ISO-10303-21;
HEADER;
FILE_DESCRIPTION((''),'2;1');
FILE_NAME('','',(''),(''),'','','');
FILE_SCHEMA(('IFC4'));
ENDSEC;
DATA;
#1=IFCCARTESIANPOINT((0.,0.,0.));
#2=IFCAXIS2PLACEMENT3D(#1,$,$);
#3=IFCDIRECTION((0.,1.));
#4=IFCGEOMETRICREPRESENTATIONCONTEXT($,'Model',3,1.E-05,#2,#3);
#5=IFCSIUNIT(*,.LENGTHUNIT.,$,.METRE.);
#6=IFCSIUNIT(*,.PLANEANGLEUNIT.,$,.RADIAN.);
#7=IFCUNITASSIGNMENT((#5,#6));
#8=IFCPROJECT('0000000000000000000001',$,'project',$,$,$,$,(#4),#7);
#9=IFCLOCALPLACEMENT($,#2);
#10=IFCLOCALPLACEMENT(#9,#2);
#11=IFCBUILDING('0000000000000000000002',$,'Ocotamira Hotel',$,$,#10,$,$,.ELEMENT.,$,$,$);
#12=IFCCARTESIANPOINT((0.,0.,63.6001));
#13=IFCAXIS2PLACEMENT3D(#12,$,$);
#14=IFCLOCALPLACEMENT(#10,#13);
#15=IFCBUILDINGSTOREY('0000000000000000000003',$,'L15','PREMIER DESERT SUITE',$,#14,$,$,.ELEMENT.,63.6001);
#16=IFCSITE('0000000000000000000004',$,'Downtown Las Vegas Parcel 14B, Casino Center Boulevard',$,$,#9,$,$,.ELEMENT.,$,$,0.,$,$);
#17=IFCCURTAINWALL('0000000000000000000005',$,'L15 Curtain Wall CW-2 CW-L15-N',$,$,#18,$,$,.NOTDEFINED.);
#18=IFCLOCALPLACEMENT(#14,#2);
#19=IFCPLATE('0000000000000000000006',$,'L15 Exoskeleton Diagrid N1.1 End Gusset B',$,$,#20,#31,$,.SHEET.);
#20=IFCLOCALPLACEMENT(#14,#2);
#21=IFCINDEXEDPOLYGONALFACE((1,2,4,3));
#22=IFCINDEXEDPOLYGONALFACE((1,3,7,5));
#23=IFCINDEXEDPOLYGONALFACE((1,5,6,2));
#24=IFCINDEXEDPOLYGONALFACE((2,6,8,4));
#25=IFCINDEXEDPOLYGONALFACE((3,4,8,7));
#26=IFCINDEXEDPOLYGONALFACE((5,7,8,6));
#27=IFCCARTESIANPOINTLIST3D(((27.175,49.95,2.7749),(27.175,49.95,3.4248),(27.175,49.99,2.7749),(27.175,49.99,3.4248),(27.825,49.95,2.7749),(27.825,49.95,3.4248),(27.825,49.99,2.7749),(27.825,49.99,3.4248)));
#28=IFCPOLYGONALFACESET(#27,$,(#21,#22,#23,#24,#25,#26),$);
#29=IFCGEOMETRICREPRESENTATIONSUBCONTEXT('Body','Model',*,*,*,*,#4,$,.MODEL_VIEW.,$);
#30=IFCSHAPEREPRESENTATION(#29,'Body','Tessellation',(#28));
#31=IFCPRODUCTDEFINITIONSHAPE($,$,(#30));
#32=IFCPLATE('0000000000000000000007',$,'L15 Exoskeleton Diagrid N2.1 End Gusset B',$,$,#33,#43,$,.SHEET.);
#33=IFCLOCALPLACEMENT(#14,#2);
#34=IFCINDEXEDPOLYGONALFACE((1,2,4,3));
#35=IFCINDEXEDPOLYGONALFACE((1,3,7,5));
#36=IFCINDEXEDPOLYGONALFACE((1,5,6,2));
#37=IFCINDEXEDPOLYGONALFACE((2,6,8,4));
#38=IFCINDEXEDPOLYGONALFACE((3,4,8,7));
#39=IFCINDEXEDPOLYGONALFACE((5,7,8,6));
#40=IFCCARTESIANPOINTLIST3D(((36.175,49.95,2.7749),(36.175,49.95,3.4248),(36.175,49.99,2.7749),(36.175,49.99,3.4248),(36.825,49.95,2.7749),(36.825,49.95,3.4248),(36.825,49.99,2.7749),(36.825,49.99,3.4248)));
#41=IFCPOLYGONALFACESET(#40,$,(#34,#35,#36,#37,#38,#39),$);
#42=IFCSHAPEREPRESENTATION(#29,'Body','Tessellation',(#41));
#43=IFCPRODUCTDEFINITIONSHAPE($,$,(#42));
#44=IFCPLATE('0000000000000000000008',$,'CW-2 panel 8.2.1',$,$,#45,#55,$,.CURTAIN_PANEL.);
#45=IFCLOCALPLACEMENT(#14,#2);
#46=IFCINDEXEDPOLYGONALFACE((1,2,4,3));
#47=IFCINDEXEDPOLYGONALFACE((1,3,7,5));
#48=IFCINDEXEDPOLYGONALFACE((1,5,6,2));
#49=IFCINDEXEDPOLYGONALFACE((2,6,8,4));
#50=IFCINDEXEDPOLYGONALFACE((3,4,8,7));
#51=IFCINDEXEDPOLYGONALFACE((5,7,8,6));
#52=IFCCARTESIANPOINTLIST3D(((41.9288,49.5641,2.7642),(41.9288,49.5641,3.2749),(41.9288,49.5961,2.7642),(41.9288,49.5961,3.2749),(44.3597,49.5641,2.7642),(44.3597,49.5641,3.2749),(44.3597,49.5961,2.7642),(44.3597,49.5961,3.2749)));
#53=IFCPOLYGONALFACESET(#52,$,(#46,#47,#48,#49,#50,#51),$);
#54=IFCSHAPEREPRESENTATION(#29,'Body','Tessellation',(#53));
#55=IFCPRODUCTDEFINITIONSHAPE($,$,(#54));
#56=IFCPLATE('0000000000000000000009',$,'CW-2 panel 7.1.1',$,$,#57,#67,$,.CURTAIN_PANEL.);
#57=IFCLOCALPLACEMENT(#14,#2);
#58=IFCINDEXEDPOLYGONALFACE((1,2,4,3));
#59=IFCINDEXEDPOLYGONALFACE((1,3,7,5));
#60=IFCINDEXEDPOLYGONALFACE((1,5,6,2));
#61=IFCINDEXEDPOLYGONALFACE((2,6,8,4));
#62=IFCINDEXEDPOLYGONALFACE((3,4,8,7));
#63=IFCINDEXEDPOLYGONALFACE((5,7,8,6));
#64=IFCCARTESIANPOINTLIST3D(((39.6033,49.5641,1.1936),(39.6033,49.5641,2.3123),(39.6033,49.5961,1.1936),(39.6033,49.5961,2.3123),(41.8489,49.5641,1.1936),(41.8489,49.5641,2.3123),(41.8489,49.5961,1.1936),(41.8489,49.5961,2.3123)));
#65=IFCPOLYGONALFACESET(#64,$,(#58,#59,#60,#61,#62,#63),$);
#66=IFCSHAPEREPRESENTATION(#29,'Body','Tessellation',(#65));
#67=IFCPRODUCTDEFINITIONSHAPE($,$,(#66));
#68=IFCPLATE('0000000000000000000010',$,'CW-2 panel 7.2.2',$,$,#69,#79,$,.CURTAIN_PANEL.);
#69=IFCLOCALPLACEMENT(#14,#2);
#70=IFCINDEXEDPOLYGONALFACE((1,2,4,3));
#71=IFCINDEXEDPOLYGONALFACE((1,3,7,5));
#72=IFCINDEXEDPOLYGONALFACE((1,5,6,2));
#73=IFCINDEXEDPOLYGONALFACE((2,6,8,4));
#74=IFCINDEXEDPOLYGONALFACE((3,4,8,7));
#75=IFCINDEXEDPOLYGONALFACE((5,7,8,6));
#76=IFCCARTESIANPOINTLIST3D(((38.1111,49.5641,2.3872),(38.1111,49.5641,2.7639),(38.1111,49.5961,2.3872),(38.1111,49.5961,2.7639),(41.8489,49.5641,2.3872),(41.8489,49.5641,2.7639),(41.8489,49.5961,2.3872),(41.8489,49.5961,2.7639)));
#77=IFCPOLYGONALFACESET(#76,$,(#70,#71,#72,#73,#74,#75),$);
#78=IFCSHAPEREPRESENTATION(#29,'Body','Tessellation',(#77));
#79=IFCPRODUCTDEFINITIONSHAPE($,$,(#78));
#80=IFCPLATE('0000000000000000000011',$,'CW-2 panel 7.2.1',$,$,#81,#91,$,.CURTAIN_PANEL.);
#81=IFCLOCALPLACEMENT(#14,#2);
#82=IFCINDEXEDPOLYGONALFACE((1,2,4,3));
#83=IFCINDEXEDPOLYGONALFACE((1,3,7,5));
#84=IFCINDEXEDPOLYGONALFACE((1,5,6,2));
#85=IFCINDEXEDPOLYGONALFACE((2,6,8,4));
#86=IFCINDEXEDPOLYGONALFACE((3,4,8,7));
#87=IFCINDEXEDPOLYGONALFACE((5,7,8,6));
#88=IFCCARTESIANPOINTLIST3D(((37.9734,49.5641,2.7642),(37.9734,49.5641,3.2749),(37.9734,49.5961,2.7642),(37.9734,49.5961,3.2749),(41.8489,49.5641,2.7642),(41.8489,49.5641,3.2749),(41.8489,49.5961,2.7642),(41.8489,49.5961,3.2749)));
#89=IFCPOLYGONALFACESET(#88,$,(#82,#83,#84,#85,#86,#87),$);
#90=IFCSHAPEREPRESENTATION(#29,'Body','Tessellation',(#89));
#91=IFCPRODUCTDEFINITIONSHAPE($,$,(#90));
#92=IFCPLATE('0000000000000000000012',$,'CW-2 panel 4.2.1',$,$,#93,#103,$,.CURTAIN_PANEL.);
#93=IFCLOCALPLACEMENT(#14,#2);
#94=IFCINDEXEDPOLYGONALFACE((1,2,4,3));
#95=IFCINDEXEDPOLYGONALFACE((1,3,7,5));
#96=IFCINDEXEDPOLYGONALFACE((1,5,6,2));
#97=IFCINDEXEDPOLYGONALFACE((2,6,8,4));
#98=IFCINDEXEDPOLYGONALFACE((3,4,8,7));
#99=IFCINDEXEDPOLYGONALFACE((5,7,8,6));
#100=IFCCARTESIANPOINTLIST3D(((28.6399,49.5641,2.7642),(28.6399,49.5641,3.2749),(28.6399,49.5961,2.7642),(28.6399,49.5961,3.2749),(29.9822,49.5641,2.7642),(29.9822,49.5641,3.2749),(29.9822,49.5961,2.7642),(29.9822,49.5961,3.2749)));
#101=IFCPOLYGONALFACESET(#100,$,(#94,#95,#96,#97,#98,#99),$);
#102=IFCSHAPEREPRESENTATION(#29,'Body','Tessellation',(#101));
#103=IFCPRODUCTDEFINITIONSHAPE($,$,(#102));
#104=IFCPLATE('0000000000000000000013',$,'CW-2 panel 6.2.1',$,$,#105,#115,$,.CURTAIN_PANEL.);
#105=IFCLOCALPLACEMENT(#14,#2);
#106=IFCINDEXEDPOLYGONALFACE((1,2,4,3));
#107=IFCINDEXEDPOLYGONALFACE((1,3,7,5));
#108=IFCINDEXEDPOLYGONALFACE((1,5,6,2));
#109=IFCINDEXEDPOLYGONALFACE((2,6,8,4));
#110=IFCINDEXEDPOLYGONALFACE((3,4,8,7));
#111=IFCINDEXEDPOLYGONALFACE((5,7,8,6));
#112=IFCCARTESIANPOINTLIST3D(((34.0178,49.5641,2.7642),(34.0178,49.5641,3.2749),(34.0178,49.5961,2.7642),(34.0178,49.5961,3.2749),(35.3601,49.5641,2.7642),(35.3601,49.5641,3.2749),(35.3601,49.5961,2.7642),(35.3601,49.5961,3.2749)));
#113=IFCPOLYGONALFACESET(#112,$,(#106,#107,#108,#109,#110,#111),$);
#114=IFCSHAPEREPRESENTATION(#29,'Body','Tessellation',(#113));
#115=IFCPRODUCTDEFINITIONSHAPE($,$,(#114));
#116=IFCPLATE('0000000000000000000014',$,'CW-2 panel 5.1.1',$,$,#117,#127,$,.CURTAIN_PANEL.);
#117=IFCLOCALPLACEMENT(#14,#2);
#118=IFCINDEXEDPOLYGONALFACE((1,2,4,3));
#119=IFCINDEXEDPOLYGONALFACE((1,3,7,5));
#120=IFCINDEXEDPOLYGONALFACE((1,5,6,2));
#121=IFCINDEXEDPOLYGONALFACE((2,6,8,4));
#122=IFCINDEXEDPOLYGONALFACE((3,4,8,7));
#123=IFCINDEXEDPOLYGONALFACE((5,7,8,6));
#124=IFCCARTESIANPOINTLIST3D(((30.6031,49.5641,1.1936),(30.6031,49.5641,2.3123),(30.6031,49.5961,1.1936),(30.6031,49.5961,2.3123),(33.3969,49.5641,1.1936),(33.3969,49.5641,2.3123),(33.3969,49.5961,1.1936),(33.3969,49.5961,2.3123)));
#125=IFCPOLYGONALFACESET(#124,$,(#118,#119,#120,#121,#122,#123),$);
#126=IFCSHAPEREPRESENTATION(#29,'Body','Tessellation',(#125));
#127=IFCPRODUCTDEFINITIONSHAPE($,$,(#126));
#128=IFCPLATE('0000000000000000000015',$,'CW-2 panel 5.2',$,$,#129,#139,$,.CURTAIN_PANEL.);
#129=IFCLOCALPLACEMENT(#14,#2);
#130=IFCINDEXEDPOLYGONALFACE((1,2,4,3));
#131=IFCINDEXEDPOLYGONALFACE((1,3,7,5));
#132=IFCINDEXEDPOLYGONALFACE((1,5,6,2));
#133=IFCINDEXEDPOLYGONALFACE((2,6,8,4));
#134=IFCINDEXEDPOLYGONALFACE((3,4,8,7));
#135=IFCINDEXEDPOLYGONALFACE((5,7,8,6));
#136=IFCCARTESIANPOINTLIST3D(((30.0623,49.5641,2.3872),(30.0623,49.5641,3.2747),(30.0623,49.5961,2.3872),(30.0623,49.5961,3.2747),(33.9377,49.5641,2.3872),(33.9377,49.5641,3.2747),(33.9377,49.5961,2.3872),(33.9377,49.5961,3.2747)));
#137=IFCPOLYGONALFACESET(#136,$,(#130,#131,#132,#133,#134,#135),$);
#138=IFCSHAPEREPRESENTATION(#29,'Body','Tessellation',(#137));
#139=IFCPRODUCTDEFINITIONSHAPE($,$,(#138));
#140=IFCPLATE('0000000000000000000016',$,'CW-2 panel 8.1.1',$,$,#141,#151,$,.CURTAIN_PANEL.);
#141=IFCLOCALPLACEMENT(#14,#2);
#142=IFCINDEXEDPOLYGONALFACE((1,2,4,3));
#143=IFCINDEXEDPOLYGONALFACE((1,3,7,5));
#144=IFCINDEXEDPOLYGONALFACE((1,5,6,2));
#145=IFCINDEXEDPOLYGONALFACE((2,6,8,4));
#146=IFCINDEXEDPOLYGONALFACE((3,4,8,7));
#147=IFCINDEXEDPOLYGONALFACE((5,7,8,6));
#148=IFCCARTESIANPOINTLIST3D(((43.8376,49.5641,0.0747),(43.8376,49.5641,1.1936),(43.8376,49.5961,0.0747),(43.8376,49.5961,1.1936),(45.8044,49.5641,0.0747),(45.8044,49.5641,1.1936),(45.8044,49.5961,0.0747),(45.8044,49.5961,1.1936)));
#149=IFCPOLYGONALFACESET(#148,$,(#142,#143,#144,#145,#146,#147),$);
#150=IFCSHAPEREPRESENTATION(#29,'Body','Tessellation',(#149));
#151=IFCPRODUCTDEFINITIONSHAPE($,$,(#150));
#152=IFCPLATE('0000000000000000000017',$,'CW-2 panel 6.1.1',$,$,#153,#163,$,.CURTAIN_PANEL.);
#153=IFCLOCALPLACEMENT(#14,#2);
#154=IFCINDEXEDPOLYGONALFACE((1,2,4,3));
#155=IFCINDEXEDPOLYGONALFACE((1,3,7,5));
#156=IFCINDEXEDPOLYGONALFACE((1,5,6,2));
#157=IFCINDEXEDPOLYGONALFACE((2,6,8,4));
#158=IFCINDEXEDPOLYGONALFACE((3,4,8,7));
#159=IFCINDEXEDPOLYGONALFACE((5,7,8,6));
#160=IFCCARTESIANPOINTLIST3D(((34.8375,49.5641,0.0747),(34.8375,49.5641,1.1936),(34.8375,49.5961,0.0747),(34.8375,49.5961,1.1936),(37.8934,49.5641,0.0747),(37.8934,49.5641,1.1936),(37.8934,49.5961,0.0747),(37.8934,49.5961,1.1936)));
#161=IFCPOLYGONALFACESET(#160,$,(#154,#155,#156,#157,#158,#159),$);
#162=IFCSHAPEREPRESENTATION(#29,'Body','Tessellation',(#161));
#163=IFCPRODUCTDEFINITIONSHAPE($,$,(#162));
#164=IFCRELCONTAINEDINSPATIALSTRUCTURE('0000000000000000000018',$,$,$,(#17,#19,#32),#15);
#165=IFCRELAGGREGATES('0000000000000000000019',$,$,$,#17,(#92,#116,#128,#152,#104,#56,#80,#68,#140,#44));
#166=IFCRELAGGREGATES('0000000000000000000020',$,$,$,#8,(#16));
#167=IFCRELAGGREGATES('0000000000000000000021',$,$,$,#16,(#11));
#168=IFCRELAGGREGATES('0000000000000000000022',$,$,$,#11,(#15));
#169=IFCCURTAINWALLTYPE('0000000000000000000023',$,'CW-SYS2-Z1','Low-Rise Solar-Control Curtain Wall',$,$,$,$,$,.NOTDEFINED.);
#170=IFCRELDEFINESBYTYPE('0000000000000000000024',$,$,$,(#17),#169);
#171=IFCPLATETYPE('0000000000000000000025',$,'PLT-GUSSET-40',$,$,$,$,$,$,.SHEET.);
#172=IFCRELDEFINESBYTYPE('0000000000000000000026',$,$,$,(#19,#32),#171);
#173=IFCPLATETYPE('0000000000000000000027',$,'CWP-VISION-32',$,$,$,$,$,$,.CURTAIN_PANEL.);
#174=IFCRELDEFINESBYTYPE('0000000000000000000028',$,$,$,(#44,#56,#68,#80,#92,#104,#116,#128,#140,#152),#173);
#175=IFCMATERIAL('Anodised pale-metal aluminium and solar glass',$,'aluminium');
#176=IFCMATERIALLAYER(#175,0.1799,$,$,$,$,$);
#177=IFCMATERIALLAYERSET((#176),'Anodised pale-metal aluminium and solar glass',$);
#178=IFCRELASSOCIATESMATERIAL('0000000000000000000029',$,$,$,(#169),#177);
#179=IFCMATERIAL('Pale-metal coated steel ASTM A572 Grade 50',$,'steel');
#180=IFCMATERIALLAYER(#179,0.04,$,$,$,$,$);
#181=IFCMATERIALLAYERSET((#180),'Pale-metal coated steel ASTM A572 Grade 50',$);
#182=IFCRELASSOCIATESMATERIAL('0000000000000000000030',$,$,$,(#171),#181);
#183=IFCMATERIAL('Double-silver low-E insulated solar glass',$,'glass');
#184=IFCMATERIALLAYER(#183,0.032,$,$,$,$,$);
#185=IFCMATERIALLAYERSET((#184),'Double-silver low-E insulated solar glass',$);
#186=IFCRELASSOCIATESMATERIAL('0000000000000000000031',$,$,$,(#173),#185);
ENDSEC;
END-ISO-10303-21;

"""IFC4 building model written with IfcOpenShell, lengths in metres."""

from ifc_helpers import new_model, si_unit, direction, frame, origin, origin_2d, place, context, subcontext, project, spatial, rectangle, extrude, source, transform, mapped, material, layer, layer_set, type_object, element, aggregate, save


model = new_model("IFC4")

# Units and contexts
model_context = context("Model", 3, precision=1e-05, world=origin(), true_north=direction((0.0, 1.0)))
body_context = subcontext(model_context, "Body", "Model", "MODEL_VIEW")
ifc_project = project(units=[si_unit("LENGTHUNIT", "METRE"), si_unit("PLANEANGLEUNIT", "RADIAN")], contexts=[model_context])

# Site, building, storey
site_placement = place(None, origin())
site = spatial("IfcSite", under=ifc_project, at=site_placement, Name="Downtown Las Vegas Parcel 14B, Casino Center Boulevard", CompositionType="ELEMENT", RefElevation=0.0)
building_placement = place(site_placement, origin())
building = spatial("IfcBuilding", under=site, at=building_placement, Name="Ocotamira Hotel", CompositionType="ELEMENT")
storey_placement = place(building_placement, frame((0.0, 0.0, 63.6001)))
storey = spatial("IfcBuildingStorey", under=building, at=storey_placement, Name="L15", Description="PREMIER DESERT SUITE", CompositionType="ELEMENT", Elevation=63.6001)

# Curtain wall
ifc_material_1 = material(Name="Anodised pale-metal aluminium and solar glass", Category="aluminium")
ifc_layer_1 = layer(ifc_material_1, 0.1799)
ifc_layer_set_1 = layer_set([ifc_layer_1], Name="Anodised pale-metal aluminium and solar glass")
curtain_wall_type = type_object("IfcCurtainWallType", Name="CW-SYS2-Z1", Description="Low-Rise Solar-Control Curtain Wall", PredefinedType="NOTDEFINED", material=ifc_layer_set_1)
curtain_wall_placement = place(storey_placement, origin())
curtain_wall = element("IfcCurtainWall", 1, at=curtain_wall_placement, inside=storey, type_object=curtain_wall_type, Name="L15 Curtain Wall CW-2 CW-L15-N", PredefinedType="NOTDEFINED")

# Plates
ifc_material_2 = material(Name="Pale-metal coated steel ASTM A572 Grade 50", Category="steel")
ifc_layer_2 = layer(ifc_material_2, 0.04)
ifc_layer_set_2 = layer_set([ifc_layer_2], Name="Pale-metal coated steel ASTM A572 Grade 50")
plate_type_1 = type_object("IfcPlateType", Name="PLT-GUSSET-40", PredefinedType="SHEET", material=ifc_layer_set_2)
shared_shape_1 = source(origin(), body_context, "Body", "SweptSolid", [
    extrude(rectangle(XDim=0.6499, YDim=0.04, at=origin_2d()), origin(), (0.0, 0.0, 1.0), 0.6499),
])
for number, where, z_axis, x_axis, name in (
    (2, (27.5, 49.97, 2.7749), (0.0, 0.0, 1.0), (1.0, 0.0, 0.0), "L15 Exoskeleton Diagrid N1.1 End Gusset B"),
    (3, (36.5, 49.97, 2.7749), (0.0, 0.0, 1.0), (1.0, 0.0, 0.0), "L15 Exoskeleton Diagrid N2.1 End Gusset B"),
):
    element("IfcPlate", number, at=place(storey_placement, frame(where, z_axis=z_axis, x_axis=x_axis)), inside=storey, type_object=plate_type_1, Name=name, PredefinedType="SHEET", context=body_context, shape_type="MappedRepresentation", body=[
        mapped(shared_shape_1, transform((0.0, 0.0, 0.0), scale=1.0)),
    ])

# Plates
ifc_material_3 = material(Name="Double-silver low-E insulated solar glass", Category="glass")
ifc_layer_3 = layer(ifc_material_3, 0.032)
ifc_layer_set_3 = layer_set([ifc_layer_3], Name="Double-silver low-E insulated solar glass")
plate_type_2 = type_object("IfcPlateType", Name="CWP-VISION-32", PredefinedType="CURTAIN_PANEL", material=ifc_layer_set_3)
shared_shape_2 = source(origin(), body_context, "Body", "SweptSolid", [
    extrude(rectangle(XDim=2.4309, YDim=0.032, at=origin_2d()), origin(), (0.0, 0.0, 1.0), 0.5107),
])
plate_1_placement = place(storey_placement, frame((43.1443, 49.5801, 2.7642), z_axis=(0.0, 0.0, 1.0), x_axis=(1.0, 0.0, 0.0)))
plate_1 = element("IfcPlate", 4, at=plate_1_placement, type_object=plate_type_2, Name="CW-2 panel 8.2.1", PredefinedType="CURTAIN_PANEL", context=body_context, shape_type="MappedRepresentation", body=[
    mapped(shared_shape_2, transform((0.0, 0.0, 0.0), scale=1.0)),
])
shared_shape_3 = source(origin(), body_context, "Body", "SweptSolid", [
    extrude(rectangle(XDim=2.2456, YDim=0.032, at=origin_2d()), origin(), (0.0, 0.0, 1.0), 1.1187),
])
plate_2_placement = place(storey_placement, frame((40.7261, 49.5801, 1.1936), z_axis=(0.0, 0.0, 1.0), x_axis=(1.0, 0.0, 0.0)))
plate_2 = element("IfcPlate", 5, at=plate_2_placement, type_object=plate_type_2, Name="CW-2 panel 7.1.1", PredefinedType="CURTAIN_PANEL", context=body_context, shape_type="MappedRepresentation", body=[
    mapped(shared_shape_3, transform((0.0, 0.0, 0.0), scale=1.0)),
])
shared_shape_4 = source(origin(), body_context, "Body", "SweptSolid", [
    extrude(rectangle(XDim=3.7378, YDim=0.032, at=origin_2d()), origin(), (0.0, 0.0, 1.0), 0.3767),
])
plate_3_placement = place(storey_placement, frame((39.98, 49.5801, 2.3872), z_axis=(0.0, 0.0, 1.0), x_axis=(1.0, 0.0, 0.0)))
plate_3 = element("IfcPlate", 6, at=plate_3_placement, type_object=plate_type_2, Name="CW-2 panel 7.2.2", PredefinedType="CURTAIN_PANEL", context=body_context, shape_type="MappedRepresentation", body=[
    mapped(shared_shape_4, transform((0.0, 0.0, 0.0), scale=1.0)),
])
shared_shape_5 = source(origin(), body_context, "Body", "SweptSolid", [
    extrude(rectangle(XDim=3.8755, YDim=0.032, at=origin_2d()), origin(), (0.0, 0.0, 1.0), 0.5107),
])
plate_4_placement = place(storey_placement, frame((39.9111, 49.5801, 2.7642), z_axis=(0.0, 0.0, 1.0), x_axis=(1.0, 0.0, 0.0)))
plate_4 = element("IfcPlate", 7, at=plate_4_placement, type_object=plate_type_2, Name="CW-2 panel 7.2.1", PredefinedType="CURTAIN_PANEL", context=body_context, shape_type="MappedRepresentation", body=[
    mapped(shared_shape_5, transform((0.0, 0.0, 0.0), scale=1.0)),
])
shared_shape_6 = source(origin(), body_context, "Body", "SweptSolid", [
    extrude(rectangle(XDim=1.3423, YDim=0.032, at=origin_2d()), origin(), (0.0, 0.0, 1.0), 0.5107),
])
plate_5_placement = place(storey_placement, frame((29.311, 49.5801, 2.7642), z_axis=(0.0, 0.0, 1.0), x_axis=(1.0, 0.0, 0.0)))
plate_5 = element("IfcPlate", 8, at=plate_5_placement, type_object=plate_type_2, Name="CW-2 panel 4.2.1", PredefinedType="CURTAIN_PANEL", context=body_context, shape_type="MappedRepresentation", body=[
    mapped(shared_shape_6, transform((0.0, 0.0, 0.0), scale=1.0)),
])
plate_6_placement = place(storey_placement, frame((34.689, 49.5801, 2.7642), z_axis=(0.0, 0.0, 1.0), x_axis=(1.0, 0.0, 0.0)))
plate_6 = element("IfcPlate", 9, at=plate_6_placement, type_object=plate_type_2, Name="CW-2 panel 6.2.1", PredefinedType="CURTAIN_PANEL", context=body_context, shape_type="MappedRepresentation", body=[
    mapped(shared_shape_6, transform((0.0, 0.0, 0.0), scale=1.0)),
])
shared_shape_7 = source(origin(), body_context, "Body", "SweptSolid", [
    extrude(rectangle(XDim=2.7937, YDim=0.032, at=origin_2d()), origin(), (0.0, 0.0, 1.0), 1.1187),
])
plate_7_placement = place(storey_placement, frame((32.0, 49.5801, 1.1936), z_axis=(0.0, 0.0, 1.0), x_axis=(1.0, 0.0, 0.0)))
plate_7 = element("IfcPlate", 10, at=plate_7_placement, type_object=plate_type_2, Name="CW-2 panel 5.1.1", PredefinedType="CURTAIN_PANEL", context=body_context, shape_type="MappedRepresentation", body=[
    mapped(shared_shape_7, transform((0.0, 0.0, 0.0), scale=1.0)),
])
shared_shape_8 = source(origin(), body_context, "Body", "SweptSolid", [
    extrude(rectangle(XDim=3.8755, YDim=0.032, at=origin_2d()), origin(), (0.0, 0.0, 1.0), 0.8875),
])
plate_8_placement = place(storey_placement, frame((32.0, 49.5801, 2.3872), z_axis=(0.0, 0.0, 1.0), x_axis=(1.0, 0.0, 0.0)))
plate_8 = element("IfcPlate", 11, at=plate_8_placement, type_object=plate_type_2, Name="CW-2 panel 5.2", PredefinedType="CURTAIN_PANEL", context=body_context, shape_type="MappedRepresentation", body=[
    mapped(shared_shape_8, transform((0.0, 0.0, 0.0), scale=1.0)),
])
shared_shape_9 = source(origin(), body_context, "Body", "SweptSolid", [
    extrude(rectangle(XDim=1.9668, YDim=0.032, at=origin_2d()), origin(), (0.0, 0.0, 1.0), 1.1189),
])
plate_9_placement = place(storey_placement, frame((44.821, 49.5801, 0.0747), z_axis=(0.0, 0.0, 1.0), x_axis=(1.0, 0.0, 0.0)))
plate_9 = element("IfcPlate", 12, at=plate_9_placement, type_object=plate_type_2, Name="CW-2 panel 8.1.1", PredefinedType="CURTAIN_PANEL", context=body_context, shape_type="MappedRepresentation", body=[
    mapped(shared_shape_9, transform((0.0, 0.0, 0.0), scale=1.0)),
])
shared_shape_10 = source(origin(), body_context, "Body", "SweptSolid", [
    extrude(rectangle(XDim=3.0559, YDim=0.032, at=origin_2d()), origin(), (0.0, 0.0, 1.0), 1.1189),
])
plate_10_placement = place(storey_placement, frame((36.3655, 49.5801, 0.0747), z_axis=(0.0, 0.0, 1.0), x_axis=(1.0, 0.0, 0.0)))
plate_10 = element("IfcPlate", 13, at=plate_10_placement, type_object=plate_type_2, Name="CW-2 panel 6.1.1", PredefinedType="CURTAIN_PANEL", context=body_context, shape_type="MappedRepresentation", body=[
    mapped(shared_shape_10, transform((0.0, 0.0, 0.0), scale=1.0)),
])
aggregate(curtain_wall, [plate_5, plate_7, plate_8, plate_10, plate_6, plate_2, plate_4, plate_3, plate_9, plate_1])

save(model, "model.ifc")
